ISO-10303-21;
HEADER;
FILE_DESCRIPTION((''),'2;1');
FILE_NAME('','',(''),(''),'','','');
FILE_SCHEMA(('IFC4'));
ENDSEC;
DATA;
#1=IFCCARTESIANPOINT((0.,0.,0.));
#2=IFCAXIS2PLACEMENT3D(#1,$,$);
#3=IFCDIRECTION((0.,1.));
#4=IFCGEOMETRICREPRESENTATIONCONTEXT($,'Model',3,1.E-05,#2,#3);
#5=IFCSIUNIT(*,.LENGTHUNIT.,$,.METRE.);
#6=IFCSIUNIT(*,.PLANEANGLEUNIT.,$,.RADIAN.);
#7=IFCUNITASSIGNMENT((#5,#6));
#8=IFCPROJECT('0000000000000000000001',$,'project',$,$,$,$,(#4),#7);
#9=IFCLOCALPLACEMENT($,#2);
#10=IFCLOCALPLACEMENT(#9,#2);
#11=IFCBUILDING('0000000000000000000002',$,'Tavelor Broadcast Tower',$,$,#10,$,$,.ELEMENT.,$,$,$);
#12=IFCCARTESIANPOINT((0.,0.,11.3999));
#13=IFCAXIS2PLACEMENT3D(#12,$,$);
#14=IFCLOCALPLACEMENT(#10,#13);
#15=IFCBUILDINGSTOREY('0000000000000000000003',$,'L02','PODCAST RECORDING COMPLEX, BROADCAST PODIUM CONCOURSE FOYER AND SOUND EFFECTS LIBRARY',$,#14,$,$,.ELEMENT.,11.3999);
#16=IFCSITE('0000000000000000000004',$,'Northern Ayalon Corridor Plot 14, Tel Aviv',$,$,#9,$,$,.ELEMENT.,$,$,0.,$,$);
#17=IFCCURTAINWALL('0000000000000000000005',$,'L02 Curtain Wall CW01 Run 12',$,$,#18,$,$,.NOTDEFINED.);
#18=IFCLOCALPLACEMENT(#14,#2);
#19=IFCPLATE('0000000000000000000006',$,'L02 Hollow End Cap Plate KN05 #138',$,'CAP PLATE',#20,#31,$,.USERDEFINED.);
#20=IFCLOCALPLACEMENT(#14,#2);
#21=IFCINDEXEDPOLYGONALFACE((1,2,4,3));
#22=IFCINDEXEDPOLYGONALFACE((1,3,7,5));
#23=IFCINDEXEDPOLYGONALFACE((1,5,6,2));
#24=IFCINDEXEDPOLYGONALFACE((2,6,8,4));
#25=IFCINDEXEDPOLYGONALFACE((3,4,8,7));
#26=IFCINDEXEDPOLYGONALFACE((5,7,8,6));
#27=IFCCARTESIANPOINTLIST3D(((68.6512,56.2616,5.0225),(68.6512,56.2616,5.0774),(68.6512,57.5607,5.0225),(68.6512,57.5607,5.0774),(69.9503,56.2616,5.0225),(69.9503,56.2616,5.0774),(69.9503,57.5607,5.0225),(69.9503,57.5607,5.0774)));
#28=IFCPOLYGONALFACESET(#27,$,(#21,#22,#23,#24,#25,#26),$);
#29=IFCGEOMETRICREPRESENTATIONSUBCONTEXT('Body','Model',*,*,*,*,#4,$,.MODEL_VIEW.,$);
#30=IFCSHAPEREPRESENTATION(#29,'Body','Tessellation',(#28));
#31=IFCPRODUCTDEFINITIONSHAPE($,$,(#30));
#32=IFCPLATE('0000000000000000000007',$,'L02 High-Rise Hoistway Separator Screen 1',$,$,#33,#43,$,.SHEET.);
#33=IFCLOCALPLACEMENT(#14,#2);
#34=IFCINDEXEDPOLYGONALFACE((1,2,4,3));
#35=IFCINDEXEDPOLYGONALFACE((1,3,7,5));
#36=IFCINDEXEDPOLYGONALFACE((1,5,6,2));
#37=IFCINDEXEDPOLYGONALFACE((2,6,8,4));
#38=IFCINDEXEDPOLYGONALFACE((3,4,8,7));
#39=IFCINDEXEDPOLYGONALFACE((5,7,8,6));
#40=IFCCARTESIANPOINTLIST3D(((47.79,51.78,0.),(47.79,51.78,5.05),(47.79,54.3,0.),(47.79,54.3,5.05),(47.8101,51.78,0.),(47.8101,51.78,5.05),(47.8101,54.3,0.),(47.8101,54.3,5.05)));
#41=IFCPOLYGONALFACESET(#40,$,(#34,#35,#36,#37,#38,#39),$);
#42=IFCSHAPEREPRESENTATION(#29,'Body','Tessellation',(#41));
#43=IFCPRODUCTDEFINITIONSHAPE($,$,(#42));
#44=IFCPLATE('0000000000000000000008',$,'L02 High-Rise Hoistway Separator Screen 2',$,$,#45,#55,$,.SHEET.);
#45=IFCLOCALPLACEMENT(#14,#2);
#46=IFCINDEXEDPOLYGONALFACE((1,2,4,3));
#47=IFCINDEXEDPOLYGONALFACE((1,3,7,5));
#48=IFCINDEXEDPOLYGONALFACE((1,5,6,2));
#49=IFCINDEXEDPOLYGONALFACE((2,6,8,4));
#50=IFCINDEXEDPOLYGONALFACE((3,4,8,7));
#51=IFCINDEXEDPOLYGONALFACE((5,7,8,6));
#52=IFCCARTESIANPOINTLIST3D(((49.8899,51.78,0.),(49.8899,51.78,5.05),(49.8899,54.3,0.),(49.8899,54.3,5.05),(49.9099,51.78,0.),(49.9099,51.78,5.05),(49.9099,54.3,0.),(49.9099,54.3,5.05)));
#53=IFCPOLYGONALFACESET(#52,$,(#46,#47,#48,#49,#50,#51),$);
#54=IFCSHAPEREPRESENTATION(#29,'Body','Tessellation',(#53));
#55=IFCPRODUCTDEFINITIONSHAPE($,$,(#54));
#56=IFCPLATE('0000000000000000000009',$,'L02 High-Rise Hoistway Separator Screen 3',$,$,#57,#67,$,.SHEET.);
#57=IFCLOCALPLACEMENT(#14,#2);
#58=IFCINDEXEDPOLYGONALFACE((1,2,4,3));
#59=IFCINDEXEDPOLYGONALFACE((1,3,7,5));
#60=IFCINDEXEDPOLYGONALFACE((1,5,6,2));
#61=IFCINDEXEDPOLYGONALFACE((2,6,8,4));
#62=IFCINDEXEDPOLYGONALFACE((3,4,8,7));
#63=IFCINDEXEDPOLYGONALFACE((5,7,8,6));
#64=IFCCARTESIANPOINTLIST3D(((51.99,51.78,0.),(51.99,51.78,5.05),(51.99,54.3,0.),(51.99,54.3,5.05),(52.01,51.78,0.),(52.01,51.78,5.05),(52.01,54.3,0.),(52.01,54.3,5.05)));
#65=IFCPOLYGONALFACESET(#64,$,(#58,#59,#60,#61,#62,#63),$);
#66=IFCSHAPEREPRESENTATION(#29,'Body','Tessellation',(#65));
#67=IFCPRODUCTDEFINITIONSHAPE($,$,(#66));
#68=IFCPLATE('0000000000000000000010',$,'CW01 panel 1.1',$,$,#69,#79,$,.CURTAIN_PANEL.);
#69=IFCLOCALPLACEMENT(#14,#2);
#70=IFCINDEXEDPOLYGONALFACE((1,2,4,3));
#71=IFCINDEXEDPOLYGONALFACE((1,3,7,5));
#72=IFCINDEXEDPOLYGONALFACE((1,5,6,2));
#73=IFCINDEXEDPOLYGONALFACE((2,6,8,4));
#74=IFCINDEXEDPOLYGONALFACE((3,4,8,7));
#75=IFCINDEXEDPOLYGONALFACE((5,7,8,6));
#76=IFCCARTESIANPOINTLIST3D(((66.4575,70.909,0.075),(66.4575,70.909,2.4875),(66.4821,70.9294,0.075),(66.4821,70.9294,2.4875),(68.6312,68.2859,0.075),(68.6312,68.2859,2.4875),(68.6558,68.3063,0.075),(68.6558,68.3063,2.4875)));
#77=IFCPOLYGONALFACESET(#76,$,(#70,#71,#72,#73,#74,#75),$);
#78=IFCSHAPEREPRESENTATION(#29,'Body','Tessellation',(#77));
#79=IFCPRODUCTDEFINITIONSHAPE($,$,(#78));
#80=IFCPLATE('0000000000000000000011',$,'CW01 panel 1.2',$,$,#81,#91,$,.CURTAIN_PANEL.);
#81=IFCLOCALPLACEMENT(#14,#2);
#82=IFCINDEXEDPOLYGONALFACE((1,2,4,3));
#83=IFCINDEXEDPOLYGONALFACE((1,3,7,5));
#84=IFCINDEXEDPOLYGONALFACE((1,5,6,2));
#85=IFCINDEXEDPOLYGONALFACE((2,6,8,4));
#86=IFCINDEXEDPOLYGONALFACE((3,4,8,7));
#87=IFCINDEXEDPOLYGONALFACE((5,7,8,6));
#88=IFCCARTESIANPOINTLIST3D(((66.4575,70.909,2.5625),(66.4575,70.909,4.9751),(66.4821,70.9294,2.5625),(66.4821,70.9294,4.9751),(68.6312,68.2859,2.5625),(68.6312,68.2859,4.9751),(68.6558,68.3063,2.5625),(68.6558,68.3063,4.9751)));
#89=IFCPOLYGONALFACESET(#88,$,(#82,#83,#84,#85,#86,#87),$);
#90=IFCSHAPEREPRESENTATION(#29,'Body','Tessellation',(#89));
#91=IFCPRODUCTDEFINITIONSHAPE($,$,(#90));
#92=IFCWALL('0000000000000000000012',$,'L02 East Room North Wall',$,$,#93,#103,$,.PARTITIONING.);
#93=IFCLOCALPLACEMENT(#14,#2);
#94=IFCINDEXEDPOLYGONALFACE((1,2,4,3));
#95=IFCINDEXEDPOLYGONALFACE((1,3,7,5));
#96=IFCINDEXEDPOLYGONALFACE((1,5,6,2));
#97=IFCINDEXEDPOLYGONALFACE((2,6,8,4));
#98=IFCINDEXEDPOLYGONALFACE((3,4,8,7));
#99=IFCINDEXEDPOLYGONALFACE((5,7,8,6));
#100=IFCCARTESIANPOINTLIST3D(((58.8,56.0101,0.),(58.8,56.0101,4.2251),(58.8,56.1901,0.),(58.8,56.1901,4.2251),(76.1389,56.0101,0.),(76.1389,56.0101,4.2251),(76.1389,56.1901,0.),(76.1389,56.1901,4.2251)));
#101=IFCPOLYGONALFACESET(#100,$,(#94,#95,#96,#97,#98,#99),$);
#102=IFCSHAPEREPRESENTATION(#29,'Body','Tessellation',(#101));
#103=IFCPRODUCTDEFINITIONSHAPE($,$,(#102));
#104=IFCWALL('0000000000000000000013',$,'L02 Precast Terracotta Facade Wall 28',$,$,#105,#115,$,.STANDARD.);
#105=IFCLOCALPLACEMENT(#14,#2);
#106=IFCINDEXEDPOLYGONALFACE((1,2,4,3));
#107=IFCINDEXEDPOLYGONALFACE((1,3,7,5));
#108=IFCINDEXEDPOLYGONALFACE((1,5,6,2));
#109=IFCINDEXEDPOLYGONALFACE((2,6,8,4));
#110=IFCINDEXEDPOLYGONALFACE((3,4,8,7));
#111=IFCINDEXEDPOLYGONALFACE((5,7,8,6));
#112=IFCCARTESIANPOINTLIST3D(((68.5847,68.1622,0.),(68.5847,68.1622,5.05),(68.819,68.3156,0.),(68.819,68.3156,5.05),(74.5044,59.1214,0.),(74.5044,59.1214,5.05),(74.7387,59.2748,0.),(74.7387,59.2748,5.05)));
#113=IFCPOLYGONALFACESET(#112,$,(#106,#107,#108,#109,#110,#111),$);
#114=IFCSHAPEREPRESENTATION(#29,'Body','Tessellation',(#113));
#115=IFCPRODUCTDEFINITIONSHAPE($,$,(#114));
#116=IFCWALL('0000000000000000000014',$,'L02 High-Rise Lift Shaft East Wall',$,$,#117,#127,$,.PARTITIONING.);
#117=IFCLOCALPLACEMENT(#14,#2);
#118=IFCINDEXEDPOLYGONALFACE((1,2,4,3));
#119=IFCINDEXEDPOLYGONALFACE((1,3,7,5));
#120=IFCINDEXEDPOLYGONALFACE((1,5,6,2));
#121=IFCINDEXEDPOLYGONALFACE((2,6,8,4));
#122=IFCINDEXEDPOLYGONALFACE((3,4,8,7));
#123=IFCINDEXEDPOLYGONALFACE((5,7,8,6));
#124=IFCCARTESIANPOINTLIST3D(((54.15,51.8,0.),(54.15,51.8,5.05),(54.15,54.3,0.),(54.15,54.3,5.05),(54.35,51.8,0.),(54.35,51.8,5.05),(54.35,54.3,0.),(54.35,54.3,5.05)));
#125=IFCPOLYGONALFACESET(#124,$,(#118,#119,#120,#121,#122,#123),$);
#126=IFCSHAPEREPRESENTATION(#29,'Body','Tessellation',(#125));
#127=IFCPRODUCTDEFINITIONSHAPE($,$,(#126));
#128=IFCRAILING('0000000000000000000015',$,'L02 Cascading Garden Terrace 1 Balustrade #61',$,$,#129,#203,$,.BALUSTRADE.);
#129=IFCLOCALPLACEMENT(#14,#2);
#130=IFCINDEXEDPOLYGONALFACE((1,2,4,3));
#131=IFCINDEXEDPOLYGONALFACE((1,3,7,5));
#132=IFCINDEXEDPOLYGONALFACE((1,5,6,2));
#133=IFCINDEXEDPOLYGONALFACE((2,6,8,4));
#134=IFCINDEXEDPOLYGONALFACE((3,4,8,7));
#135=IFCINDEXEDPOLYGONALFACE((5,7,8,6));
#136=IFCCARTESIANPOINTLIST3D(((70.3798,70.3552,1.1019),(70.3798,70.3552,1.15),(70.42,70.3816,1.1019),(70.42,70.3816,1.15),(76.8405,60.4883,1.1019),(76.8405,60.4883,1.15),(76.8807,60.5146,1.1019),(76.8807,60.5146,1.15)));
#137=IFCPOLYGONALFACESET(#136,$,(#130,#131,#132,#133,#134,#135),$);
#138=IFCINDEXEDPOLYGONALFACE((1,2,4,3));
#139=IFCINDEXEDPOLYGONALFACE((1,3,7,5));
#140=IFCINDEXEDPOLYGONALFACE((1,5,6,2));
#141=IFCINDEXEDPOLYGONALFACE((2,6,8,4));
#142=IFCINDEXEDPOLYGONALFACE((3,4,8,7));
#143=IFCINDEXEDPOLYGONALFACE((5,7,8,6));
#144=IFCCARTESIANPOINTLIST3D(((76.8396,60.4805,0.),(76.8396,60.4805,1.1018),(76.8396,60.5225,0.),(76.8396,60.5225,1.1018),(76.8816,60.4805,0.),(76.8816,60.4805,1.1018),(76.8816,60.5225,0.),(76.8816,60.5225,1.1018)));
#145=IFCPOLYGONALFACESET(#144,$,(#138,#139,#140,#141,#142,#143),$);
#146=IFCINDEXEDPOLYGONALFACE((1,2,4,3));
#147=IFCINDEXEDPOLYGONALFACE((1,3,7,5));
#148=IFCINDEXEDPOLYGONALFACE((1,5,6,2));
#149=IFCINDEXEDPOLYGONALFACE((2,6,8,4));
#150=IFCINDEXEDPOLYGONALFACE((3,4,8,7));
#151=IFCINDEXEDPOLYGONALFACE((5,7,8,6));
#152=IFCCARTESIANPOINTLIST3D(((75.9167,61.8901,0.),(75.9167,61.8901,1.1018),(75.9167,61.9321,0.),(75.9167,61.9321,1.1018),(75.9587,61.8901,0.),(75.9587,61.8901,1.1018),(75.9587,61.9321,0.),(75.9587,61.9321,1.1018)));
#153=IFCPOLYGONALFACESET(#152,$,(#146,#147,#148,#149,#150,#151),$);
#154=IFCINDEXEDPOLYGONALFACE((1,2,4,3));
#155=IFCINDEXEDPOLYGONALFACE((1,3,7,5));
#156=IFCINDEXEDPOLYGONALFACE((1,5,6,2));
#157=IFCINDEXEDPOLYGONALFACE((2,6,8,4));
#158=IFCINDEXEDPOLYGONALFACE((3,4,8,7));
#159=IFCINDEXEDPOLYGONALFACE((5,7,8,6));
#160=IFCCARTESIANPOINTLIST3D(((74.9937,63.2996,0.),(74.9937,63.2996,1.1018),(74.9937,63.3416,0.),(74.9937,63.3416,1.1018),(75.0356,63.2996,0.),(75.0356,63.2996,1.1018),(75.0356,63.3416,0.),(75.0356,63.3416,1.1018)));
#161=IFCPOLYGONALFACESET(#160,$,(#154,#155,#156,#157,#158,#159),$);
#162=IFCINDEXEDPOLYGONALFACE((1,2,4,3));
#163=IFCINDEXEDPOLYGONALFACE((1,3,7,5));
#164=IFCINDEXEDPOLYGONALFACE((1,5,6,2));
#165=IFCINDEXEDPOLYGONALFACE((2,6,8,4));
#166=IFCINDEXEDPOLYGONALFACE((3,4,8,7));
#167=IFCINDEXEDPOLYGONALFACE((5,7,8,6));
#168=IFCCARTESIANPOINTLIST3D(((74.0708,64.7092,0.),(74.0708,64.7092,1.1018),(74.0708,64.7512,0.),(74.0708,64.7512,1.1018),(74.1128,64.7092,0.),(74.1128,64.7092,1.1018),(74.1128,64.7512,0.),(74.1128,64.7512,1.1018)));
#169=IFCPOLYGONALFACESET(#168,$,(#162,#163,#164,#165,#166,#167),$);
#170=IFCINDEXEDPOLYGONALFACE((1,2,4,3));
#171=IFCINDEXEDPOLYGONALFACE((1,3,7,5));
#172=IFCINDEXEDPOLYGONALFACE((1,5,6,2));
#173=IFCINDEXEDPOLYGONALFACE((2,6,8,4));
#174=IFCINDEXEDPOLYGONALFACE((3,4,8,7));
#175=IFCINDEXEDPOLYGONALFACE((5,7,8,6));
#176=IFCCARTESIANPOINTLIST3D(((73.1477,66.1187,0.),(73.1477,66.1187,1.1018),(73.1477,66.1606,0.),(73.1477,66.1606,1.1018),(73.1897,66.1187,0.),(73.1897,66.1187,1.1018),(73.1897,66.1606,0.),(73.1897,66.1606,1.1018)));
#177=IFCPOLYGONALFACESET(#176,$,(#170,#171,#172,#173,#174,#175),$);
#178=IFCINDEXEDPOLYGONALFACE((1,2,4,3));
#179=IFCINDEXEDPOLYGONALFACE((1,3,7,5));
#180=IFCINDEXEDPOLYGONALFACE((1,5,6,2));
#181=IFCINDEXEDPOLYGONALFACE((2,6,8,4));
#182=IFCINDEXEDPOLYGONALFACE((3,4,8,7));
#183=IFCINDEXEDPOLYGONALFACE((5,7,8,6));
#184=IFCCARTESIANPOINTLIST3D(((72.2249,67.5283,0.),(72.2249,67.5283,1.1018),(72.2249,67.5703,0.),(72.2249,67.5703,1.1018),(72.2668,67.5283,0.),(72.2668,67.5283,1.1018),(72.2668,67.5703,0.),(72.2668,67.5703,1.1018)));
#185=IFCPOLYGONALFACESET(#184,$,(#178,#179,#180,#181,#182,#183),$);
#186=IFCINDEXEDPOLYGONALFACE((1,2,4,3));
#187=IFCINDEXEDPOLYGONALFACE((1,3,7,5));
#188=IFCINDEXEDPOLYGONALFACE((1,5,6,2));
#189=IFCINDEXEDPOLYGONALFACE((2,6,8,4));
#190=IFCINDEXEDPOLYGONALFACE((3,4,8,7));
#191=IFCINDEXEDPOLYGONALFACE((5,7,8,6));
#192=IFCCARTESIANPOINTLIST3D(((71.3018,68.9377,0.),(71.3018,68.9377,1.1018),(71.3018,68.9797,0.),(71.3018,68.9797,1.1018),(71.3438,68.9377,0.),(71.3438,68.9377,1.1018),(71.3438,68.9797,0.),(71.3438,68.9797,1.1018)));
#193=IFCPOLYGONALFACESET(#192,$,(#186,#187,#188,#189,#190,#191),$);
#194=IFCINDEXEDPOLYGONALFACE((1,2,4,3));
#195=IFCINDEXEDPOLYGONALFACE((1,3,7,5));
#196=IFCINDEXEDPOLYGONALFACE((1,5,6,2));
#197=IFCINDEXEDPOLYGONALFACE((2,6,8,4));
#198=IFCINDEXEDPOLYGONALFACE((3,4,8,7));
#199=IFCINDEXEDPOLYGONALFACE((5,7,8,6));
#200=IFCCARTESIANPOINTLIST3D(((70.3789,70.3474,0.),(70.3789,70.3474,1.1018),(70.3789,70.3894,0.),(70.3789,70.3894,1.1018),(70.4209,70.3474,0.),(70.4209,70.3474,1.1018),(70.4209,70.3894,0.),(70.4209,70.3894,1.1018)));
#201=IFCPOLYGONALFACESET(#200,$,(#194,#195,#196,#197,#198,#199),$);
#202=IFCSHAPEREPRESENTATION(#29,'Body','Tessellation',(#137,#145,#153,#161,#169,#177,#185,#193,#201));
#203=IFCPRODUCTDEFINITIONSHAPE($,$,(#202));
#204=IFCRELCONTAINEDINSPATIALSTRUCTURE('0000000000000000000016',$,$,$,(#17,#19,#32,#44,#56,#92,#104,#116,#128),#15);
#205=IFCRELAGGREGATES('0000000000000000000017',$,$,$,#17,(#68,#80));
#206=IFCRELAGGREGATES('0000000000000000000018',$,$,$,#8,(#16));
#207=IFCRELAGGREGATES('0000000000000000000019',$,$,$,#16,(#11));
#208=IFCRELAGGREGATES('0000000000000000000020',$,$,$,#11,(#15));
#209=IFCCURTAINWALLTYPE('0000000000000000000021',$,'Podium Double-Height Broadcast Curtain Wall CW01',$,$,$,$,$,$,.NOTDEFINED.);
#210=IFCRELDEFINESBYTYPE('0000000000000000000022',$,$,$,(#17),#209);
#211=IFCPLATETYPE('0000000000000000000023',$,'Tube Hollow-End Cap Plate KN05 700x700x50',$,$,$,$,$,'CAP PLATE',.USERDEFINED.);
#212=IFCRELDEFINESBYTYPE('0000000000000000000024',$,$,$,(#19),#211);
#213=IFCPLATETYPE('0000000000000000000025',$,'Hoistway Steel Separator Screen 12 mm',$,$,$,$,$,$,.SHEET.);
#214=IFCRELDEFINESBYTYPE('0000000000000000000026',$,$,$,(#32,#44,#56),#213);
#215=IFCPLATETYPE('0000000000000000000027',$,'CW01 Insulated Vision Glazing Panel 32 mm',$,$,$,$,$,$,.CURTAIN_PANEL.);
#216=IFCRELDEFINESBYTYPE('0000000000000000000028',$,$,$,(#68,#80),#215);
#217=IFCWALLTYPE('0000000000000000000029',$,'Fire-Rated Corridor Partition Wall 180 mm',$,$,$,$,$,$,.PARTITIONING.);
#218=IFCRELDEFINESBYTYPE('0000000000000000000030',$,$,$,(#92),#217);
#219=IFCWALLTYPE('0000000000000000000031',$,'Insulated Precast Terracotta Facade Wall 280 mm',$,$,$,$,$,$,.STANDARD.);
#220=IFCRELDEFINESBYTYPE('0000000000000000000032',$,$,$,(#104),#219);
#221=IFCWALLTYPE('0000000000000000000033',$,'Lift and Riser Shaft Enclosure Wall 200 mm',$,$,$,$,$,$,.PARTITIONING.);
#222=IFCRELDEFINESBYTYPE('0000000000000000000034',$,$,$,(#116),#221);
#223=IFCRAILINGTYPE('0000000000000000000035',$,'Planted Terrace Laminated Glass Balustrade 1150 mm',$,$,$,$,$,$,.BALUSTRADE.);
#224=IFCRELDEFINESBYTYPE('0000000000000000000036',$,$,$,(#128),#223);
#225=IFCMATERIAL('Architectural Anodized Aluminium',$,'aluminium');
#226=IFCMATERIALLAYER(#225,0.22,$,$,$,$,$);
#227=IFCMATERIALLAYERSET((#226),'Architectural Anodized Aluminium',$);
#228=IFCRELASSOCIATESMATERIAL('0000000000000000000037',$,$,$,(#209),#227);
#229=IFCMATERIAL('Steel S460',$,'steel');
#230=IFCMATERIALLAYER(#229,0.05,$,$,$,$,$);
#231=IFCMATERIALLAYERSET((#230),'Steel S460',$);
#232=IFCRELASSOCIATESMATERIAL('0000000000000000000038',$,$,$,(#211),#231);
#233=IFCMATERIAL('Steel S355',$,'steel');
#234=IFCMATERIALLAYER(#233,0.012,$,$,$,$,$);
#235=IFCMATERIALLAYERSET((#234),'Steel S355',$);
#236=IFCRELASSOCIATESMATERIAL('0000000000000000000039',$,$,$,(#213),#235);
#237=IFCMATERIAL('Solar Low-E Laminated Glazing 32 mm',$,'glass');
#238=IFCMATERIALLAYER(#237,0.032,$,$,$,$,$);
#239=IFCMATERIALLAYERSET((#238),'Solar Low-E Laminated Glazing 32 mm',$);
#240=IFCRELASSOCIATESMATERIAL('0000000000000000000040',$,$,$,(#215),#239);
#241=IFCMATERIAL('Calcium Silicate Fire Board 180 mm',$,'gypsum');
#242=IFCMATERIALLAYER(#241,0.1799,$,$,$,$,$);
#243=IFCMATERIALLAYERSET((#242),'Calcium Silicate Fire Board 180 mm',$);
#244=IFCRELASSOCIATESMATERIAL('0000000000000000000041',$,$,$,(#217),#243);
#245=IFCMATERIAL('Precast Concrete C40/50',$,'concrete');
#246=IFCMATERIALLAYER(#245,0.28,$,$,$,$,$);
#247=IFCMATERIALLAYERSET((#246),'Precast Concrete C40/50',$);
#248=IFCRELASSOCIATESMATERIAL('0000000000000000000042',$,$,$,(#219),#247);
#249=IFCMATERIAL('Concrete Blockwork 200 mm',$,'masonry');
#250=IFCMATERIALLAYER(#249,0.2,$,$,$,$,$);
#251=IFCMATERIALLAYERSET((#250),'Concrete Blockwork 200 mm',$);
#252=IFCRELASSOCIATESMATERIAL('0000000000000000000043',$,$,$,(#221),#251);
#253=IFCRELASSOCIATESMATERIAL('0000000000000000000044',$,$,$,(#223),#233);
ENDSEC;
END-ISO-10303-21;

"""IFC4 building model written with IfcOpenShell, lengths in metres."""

from ifc_helpers import new_model, si_unit, direction, frame, frame_2d, origin, origin_2d, place, context, subcontext, project, spatial, rectangle, extrude, source, transform, mapped, material, layer, layer_set, type_object, type_shapes, element, aggregate, save


model = new_model("IFC4")

# Units and contexts
model_context = context("Model", 3, precision=1e-05, world=origin(), true_north=direction((0.0, 1.0)))
body_context = subcontext(model_context, "Body", "Model", "MODEL_VIEW")
ifc_project = project(units=[si_unit("LENGTHUNIT", "METRE"), si_unit("PLANEANGLEUNIT", "RADIAN")], contexts=[model_context])

# Site, building, storey
site_placement = place(None, origin())
site = spatial("IfcSite", under=ifc_project, at=site_placement, Name="Northern Ayalon Corridor Plot 14, Tel Aviv", CompositionType="ELEMENT", RefElevation=0.0)
building_placement = place(site_placement, origin())
building = spatial("IfcBuilding", under=site, at=building_placement, Name="Tavelor Broadcast Tower", CompositionType="ELEMENT")
storey_placement = place(building_placement, frame((0.0, 0.0, 11.3999)))
storey = spatial("IfcBuildingStorey", under=building, at=storey_placement, Name="L02", Description="PODCAST RECORDING COMPLEX, BROADCAST PODIUM CONCOURSE FOYER AND SOUND EFFECTS LIBRARY", CompositionType="ELEMENT", Elevation=11.3999)

# Shared definitions
ifc_material_1 = material(Name="Steel S460", Category="steel")

# Shared definitions
ifc_material_2 = material(Name="Steel S355", Category="steel")

# Curtain wall
ifc_material_3 = material(Name="Architectural Anodized Aluminium", Category="aluminium")
ifc_layer_1 = layer(ifc_material_3, 0.22)
ifc_layer_set_1 = layer_set([ifc_layer_1], Name="Architectural Anodized Aluminium")
curtain_wall_type = type_object("IfcCurtainWallType", Name="Podium Double-Height Broadcast Curtain Wall CW01", PredefinedType="NOTDEFINED", material=ifc_layer_set_1)
curtain_wall_placement = place(storey_placement, origin())
curtain_wall = element("IfcCurtainWall", 1, at=curtain_wall_placement, inside=storey, type_object=curtain_wall_type, Name="L02 Curtain Wall CW01 Run 12", PredefinedType="NOTDEFINED")

# Plates
ifc_layer_2 = layer(ifc_material_1, 0.05)
ifc_layer_set_2 = layer_set([ifc_layer_2], Name="Steel S460")
plate_type_1 = type_object("IfcPlateType", Name="Tube Hollow-End Cap Plate KN05 700x700x50", ElementType="CAP PLATE", PredefinedType="USERDEFINED", material=ifc_layer_set_2)
shared_shape_1 = source(origin(), body_context, "Body", "SweptSolid", [
    extrude(rectangle(XDim=1.2991, YDim=1.2991, at=origin_2d()), origin(), (0.0, 0.0, 1.0), 0.0549),
])
type_shapes(plate_type_1, [shared_shape_1])
for number, where, z_axis, x_axis, name in (
    (2, (69.3008, 56.9111, 5.0225), (0.0, 0.0, 1.0), (1.0, 0.0, 0.0), "L02 Hollow End Cap Plate KN05 #138"),
):
    element("IfcPlate", number, at=place(storey_placement, frame(where, z_axis=z_axis, x_axis=x_axis)), inside=storey, type_object=plate_type_1, Name=name, ObjectType="CAP PLATE", PredefinedType="USERDEFINED", context=body_context, shape_type="MappedRepresentation", body=[
        mapped(shared_shape_1, transform((0.0, 0.0, 0.0), scale=1.0)),
    ])
ifc_layer_3 = layer(ifc_material_2, 0.012)
ifc_layer_set_3 = layer_set([ifc_layer_3], Name="Steel S355")
plate_type_2 = type_object("IfcPlateType", Name="Hoistway Steel Separator Screen 12 mm", PredefinedType="SHEET", material=ifc_layer_set_3)
shared_shape_2 = source(origin(), body_context, "Body", "SweptSolid", [
    extrude(rectangle(XDim=0.02, YDim=2.52, at=origin_2d()), origin(), (0.0, 0.0, 1.0), 5.05),
])
type_shapes(plate_type_2, [shared_shape_2])
for number, where, z_axis, x_axis, name in (
    (3, (47.8, 53.04, 0.0), (0.0, 0.0, 1.0), (1.0, 0.0, 0.0), "L02 High-Rise Hoistway Separator Screen 1"),
    (4, (49.8999, 53.04, 0.0), (0.0, 0.0, 1.0), (1.0, 0.0, 0.0), "L02 High-Rise Hoistway Separator Screen 2"),
    (5, (52.0, 53.04, 0.0), (0.0, 0.0, 1.0), (1.0, 0.0, 0.0), "L02 High-Rise Hoistway Separator Screen 3"),
):
    element("IfcPlate", number, at=place(storey_placement, frame(where, z_axis=z_axis, x_axis=x_axis)), inside=storey, type_object=plate_type_2, Name=name, PredefinedType="SHEET", context=body_context, shape_type="MappedRepresentation", body=[
        mapped(shared_shape_2, transform((0.0, 0.0, 0.0), scale=1.0)),
    ])

# Plates
ifc_material_4 = material(Name="Solar Low-E Laminated Glazing 32 mm", Category="glass")
ifc_layer_4 = layer(ifc_material_4, 0.032)
ifc_layer_set_4 = layer_set([ifc_layer_4], Name="Solar Low-E Laminated Glazing 32 mm")
plate_type_3 = type_object("IfcPlateType", Name="CW01 Insulated Vision Glazing Panel 32 mm", PredefinedType="CURTAIN_PANEL", material=ifc_layer_set_4)
shared_shape_3 = source(origin(), body_context, "Body", "SweptSolid", [
    extrude(rectangle(XDim=3.4067, YDim=0.032, at=origin_2d()), origin(), (0.0, 0.0, 1.0), 2.4126),
])
type_shapes(plate_type_3, [shared_shape_3])
plate_1_placement = place(storey_placement, frame((67.5566, 69.6077, 0.075), z_axis=(0.0, 0.0, 1.0), x_axis=(-0.638065, 0.769982, 0.0)))
plate_1 = element("IfcPlate", 6, at=plate_1_placement, type_object=plate_type_3, Name="CW01 panel 1.1", PredefinedType="CURTAIN_PANEL", context=body_context, shape_type="MappedRepresentation", body=[
    mapped(shared_shape_3, transform((0.0, 0.0, 0.0), scale=1.0)),
])
plate_2_placement = place(storey_placement, frame((67.5566, 69.6077, 2.5625), z_axis=(0.0, 0.0, 1.0), x_axis=(-0.638065, 0.769982, 0.0)))
plate_2 = element("IfcPlate", 7, at=plate_2_placement, type_object=plate_type_3, Name="CW01 panel 1.2", PredefinedType="CURTAIN_PANEL", context=body_context, shape_type="MappedRepresentation", body=[
    mapped(shared_shape_3, transform((0.0, 0.0, 0.0), scale=1.0)),
])
aggregate(curtain_wall, [plate_1, plate_2])

# Walls
ifc_material_5 = material(Name="Calcium Silicate Fire Board 180 mm", Category="gypsum")
ifc_layer_5 = layer(ifc_material_5, 0.1799)
ifc_layer_set_5 = layer_set([ifc_layer_5], Name="Calcium Silicate Fire Board 180 mm")
wall_type_1 = type_object("IfcWallType", Name="Fire-Rated Corridor Partition Wall 180 mm", PredefinedType="PARTITIONING", material=ifc_layer_set_5)
wall_1_placement = place(storey_placement, frame((58.8, 56.1001, 0.0), z_axis=(0.0, 0.0, 1.0), x_axis=(1.0, 0.0, 0.0)))
element("IfcWall", 8, at=wall_1_placement, inside=storey, type_object=wall_type_1, Name="L02 East Room North Wall", PredefinedType="PARTITIONING", context=body_context, shape_type="SweptSolid", body=[
    extrude(rectangle(XDim=17.3389, YDim=0.1799, at=frame_2d((8.6694, 0.0))), origin(), (0.0, 0.0, 1.0), 4.2251),
])
ifc_material_6 = material(Name="Precast Concrete C40/50", Category="concrete")
ifc_layer_6 = layer(ifc_material_6, 0.28)
ifc_layer_set_6 = layer_set([ifc_layer_6], Name="Precast Concrete C40/50")
wall_type_2 = type_object("IfcWallType", Name="Insulated Precast Terracotta Facade Wall 280 mm", PredefinedType="STANDARD", material=ifc_layer_set_6)
wall_2_placement = place(storey_placement, frame((74.6216, 59.198, 0.0), z_axis=(0.0, 0.0, 1.0), x_axis=(-0.547794, 0.836613, 0.0)))
element("IfcWall", 9, at=wall_2_placement, inside=storey, type_object=wall_type_2, Name="L02 Precast Terracotta Facade Wall 28", PredefinedType="STANDARD", context=body_context, shape_type="SweptSolid", body=[
    extrude(rectangle(XDim=10.8064, YDim=0.28, at=frame_2d((5.4033, 0.0))), origin(), (0.0, 0.0, 1.0), 5.05),
])
ifc_material_7 = material(Name="Concrete Blockwork 200 mm", Category="masonry")
ifc_layer_7 = layer(ifc_material_7, 0.2)
ifc_layer_set_7 = layer_set([ifc_layer_7], Name="Concrete Blockwork 200 mm")
wall_type_3 = type_object("IfcWallType", Name="Lift and Riser Shaft Enclosure Wall 200 mm", PredefinedType="PARTITIONING", material=ifc_layer_set_7)
wall_3_placement = place(storey_placement, frame((54.25, 51.8, 0.0), z_axis=(0.0, 0.0, 1.0), x_axis=(0.0, 1.0, 0.0)))
element("IfcWall", 10, at=wall_3_placement, inside=storey, type_object=wall_type_3, Name="L02 High-Rise Lift Shaft East Wall", PredefinedType="PARTITIONING", context=body_context, shape_type="SweptSolid", body=[
    extrude(rectangle(XDim=2.5, YDim=0.2, at=frame_2d((1.25, 0.0))), origin(), (0.0, 0.0, 1.0), 5.05),
])

# Railing
railing_type = type_object("IfcRailingType", Name="Planted Terrace Laminated Glass Balustrade 1150 mm", PredefinedType="BALUSTRADE", material=ifc_material_2)
railing_1_placement = place(storey_placement, frame((76.8606, 60.5015, 0.0)))
element("IfcRailing", 11, at=railing_1_placement, inside=storey, type_object=railing_type, Name="L02 Cascading Garden Terrace 1 Balustrade #61", PredefinedType="BALUSTRADE", context=body_context, shape_type="SweptSolid", body=[
    extrude(rectangle(XDim=0.0481, YDim=0.0481, at=origin_2d()), frame((0.0, 0.0, 1.126), z_axis=(-0.547797, 0.836611, 0.0), x_axis=(-0.836611, -0.547797, 0.0)), (0.0, 0.0, 1.0), 11.7939),
    extrude(rectangle(XDim=0.042, YDim=0.042, at=origin_2d()), origin(), (0.0, 0.0, 1.0), 1.1018),
    extrude(rectangle(XDim=0.042, YDim=0.042, at=origin_2d()), frame((-0.9229, 1.4097, 0.0)), (0.0, 0.0, 1.0), 1.1018),
    extrude(rectangle(XDim=0.042, YDim=0.042, at=origin_2d()), frame((-1.8459, 2.8191, 0.0)), (0.0, 0.0, 1.0), 1.1018),
    extrude(rectangle(XDim=0.042, YDim=0.042, at=origin_2d()), frame((-2.7688, 4.2288, 0.0)), (0.0, 0.0, 1.0), 1.1018),
    extrude(rectangle(XDim=0.042, YDim=0.042, at=origin_2d()), frame((-3.6919, 5.6382, 0.0)), (0.0, 0.0, 1.0), 1.1018),
    extrude(rectangle(XDim=0.042, YDim=0.042, at=origin_2d()), frame((-4.6147, 7.0479, 0.0)), (0.0, 0.0, 1.0), 1.1018),
    extrude(rectangle(XDim=0.042, YDim=0.042, at=origin_2d()), frame((-5.5378, 8.4573, 0.0)), (0.0, 0.0, 1.0), 1.1018),
    extrude(rectangle(XDim=0.042, YDim=0.042, at=origin_2d()), frame((-6.4607, 9.8669, 0.0)), (0.0, 0.0, 1.0), 1.1018),
])

save(model, "model.ifc")
